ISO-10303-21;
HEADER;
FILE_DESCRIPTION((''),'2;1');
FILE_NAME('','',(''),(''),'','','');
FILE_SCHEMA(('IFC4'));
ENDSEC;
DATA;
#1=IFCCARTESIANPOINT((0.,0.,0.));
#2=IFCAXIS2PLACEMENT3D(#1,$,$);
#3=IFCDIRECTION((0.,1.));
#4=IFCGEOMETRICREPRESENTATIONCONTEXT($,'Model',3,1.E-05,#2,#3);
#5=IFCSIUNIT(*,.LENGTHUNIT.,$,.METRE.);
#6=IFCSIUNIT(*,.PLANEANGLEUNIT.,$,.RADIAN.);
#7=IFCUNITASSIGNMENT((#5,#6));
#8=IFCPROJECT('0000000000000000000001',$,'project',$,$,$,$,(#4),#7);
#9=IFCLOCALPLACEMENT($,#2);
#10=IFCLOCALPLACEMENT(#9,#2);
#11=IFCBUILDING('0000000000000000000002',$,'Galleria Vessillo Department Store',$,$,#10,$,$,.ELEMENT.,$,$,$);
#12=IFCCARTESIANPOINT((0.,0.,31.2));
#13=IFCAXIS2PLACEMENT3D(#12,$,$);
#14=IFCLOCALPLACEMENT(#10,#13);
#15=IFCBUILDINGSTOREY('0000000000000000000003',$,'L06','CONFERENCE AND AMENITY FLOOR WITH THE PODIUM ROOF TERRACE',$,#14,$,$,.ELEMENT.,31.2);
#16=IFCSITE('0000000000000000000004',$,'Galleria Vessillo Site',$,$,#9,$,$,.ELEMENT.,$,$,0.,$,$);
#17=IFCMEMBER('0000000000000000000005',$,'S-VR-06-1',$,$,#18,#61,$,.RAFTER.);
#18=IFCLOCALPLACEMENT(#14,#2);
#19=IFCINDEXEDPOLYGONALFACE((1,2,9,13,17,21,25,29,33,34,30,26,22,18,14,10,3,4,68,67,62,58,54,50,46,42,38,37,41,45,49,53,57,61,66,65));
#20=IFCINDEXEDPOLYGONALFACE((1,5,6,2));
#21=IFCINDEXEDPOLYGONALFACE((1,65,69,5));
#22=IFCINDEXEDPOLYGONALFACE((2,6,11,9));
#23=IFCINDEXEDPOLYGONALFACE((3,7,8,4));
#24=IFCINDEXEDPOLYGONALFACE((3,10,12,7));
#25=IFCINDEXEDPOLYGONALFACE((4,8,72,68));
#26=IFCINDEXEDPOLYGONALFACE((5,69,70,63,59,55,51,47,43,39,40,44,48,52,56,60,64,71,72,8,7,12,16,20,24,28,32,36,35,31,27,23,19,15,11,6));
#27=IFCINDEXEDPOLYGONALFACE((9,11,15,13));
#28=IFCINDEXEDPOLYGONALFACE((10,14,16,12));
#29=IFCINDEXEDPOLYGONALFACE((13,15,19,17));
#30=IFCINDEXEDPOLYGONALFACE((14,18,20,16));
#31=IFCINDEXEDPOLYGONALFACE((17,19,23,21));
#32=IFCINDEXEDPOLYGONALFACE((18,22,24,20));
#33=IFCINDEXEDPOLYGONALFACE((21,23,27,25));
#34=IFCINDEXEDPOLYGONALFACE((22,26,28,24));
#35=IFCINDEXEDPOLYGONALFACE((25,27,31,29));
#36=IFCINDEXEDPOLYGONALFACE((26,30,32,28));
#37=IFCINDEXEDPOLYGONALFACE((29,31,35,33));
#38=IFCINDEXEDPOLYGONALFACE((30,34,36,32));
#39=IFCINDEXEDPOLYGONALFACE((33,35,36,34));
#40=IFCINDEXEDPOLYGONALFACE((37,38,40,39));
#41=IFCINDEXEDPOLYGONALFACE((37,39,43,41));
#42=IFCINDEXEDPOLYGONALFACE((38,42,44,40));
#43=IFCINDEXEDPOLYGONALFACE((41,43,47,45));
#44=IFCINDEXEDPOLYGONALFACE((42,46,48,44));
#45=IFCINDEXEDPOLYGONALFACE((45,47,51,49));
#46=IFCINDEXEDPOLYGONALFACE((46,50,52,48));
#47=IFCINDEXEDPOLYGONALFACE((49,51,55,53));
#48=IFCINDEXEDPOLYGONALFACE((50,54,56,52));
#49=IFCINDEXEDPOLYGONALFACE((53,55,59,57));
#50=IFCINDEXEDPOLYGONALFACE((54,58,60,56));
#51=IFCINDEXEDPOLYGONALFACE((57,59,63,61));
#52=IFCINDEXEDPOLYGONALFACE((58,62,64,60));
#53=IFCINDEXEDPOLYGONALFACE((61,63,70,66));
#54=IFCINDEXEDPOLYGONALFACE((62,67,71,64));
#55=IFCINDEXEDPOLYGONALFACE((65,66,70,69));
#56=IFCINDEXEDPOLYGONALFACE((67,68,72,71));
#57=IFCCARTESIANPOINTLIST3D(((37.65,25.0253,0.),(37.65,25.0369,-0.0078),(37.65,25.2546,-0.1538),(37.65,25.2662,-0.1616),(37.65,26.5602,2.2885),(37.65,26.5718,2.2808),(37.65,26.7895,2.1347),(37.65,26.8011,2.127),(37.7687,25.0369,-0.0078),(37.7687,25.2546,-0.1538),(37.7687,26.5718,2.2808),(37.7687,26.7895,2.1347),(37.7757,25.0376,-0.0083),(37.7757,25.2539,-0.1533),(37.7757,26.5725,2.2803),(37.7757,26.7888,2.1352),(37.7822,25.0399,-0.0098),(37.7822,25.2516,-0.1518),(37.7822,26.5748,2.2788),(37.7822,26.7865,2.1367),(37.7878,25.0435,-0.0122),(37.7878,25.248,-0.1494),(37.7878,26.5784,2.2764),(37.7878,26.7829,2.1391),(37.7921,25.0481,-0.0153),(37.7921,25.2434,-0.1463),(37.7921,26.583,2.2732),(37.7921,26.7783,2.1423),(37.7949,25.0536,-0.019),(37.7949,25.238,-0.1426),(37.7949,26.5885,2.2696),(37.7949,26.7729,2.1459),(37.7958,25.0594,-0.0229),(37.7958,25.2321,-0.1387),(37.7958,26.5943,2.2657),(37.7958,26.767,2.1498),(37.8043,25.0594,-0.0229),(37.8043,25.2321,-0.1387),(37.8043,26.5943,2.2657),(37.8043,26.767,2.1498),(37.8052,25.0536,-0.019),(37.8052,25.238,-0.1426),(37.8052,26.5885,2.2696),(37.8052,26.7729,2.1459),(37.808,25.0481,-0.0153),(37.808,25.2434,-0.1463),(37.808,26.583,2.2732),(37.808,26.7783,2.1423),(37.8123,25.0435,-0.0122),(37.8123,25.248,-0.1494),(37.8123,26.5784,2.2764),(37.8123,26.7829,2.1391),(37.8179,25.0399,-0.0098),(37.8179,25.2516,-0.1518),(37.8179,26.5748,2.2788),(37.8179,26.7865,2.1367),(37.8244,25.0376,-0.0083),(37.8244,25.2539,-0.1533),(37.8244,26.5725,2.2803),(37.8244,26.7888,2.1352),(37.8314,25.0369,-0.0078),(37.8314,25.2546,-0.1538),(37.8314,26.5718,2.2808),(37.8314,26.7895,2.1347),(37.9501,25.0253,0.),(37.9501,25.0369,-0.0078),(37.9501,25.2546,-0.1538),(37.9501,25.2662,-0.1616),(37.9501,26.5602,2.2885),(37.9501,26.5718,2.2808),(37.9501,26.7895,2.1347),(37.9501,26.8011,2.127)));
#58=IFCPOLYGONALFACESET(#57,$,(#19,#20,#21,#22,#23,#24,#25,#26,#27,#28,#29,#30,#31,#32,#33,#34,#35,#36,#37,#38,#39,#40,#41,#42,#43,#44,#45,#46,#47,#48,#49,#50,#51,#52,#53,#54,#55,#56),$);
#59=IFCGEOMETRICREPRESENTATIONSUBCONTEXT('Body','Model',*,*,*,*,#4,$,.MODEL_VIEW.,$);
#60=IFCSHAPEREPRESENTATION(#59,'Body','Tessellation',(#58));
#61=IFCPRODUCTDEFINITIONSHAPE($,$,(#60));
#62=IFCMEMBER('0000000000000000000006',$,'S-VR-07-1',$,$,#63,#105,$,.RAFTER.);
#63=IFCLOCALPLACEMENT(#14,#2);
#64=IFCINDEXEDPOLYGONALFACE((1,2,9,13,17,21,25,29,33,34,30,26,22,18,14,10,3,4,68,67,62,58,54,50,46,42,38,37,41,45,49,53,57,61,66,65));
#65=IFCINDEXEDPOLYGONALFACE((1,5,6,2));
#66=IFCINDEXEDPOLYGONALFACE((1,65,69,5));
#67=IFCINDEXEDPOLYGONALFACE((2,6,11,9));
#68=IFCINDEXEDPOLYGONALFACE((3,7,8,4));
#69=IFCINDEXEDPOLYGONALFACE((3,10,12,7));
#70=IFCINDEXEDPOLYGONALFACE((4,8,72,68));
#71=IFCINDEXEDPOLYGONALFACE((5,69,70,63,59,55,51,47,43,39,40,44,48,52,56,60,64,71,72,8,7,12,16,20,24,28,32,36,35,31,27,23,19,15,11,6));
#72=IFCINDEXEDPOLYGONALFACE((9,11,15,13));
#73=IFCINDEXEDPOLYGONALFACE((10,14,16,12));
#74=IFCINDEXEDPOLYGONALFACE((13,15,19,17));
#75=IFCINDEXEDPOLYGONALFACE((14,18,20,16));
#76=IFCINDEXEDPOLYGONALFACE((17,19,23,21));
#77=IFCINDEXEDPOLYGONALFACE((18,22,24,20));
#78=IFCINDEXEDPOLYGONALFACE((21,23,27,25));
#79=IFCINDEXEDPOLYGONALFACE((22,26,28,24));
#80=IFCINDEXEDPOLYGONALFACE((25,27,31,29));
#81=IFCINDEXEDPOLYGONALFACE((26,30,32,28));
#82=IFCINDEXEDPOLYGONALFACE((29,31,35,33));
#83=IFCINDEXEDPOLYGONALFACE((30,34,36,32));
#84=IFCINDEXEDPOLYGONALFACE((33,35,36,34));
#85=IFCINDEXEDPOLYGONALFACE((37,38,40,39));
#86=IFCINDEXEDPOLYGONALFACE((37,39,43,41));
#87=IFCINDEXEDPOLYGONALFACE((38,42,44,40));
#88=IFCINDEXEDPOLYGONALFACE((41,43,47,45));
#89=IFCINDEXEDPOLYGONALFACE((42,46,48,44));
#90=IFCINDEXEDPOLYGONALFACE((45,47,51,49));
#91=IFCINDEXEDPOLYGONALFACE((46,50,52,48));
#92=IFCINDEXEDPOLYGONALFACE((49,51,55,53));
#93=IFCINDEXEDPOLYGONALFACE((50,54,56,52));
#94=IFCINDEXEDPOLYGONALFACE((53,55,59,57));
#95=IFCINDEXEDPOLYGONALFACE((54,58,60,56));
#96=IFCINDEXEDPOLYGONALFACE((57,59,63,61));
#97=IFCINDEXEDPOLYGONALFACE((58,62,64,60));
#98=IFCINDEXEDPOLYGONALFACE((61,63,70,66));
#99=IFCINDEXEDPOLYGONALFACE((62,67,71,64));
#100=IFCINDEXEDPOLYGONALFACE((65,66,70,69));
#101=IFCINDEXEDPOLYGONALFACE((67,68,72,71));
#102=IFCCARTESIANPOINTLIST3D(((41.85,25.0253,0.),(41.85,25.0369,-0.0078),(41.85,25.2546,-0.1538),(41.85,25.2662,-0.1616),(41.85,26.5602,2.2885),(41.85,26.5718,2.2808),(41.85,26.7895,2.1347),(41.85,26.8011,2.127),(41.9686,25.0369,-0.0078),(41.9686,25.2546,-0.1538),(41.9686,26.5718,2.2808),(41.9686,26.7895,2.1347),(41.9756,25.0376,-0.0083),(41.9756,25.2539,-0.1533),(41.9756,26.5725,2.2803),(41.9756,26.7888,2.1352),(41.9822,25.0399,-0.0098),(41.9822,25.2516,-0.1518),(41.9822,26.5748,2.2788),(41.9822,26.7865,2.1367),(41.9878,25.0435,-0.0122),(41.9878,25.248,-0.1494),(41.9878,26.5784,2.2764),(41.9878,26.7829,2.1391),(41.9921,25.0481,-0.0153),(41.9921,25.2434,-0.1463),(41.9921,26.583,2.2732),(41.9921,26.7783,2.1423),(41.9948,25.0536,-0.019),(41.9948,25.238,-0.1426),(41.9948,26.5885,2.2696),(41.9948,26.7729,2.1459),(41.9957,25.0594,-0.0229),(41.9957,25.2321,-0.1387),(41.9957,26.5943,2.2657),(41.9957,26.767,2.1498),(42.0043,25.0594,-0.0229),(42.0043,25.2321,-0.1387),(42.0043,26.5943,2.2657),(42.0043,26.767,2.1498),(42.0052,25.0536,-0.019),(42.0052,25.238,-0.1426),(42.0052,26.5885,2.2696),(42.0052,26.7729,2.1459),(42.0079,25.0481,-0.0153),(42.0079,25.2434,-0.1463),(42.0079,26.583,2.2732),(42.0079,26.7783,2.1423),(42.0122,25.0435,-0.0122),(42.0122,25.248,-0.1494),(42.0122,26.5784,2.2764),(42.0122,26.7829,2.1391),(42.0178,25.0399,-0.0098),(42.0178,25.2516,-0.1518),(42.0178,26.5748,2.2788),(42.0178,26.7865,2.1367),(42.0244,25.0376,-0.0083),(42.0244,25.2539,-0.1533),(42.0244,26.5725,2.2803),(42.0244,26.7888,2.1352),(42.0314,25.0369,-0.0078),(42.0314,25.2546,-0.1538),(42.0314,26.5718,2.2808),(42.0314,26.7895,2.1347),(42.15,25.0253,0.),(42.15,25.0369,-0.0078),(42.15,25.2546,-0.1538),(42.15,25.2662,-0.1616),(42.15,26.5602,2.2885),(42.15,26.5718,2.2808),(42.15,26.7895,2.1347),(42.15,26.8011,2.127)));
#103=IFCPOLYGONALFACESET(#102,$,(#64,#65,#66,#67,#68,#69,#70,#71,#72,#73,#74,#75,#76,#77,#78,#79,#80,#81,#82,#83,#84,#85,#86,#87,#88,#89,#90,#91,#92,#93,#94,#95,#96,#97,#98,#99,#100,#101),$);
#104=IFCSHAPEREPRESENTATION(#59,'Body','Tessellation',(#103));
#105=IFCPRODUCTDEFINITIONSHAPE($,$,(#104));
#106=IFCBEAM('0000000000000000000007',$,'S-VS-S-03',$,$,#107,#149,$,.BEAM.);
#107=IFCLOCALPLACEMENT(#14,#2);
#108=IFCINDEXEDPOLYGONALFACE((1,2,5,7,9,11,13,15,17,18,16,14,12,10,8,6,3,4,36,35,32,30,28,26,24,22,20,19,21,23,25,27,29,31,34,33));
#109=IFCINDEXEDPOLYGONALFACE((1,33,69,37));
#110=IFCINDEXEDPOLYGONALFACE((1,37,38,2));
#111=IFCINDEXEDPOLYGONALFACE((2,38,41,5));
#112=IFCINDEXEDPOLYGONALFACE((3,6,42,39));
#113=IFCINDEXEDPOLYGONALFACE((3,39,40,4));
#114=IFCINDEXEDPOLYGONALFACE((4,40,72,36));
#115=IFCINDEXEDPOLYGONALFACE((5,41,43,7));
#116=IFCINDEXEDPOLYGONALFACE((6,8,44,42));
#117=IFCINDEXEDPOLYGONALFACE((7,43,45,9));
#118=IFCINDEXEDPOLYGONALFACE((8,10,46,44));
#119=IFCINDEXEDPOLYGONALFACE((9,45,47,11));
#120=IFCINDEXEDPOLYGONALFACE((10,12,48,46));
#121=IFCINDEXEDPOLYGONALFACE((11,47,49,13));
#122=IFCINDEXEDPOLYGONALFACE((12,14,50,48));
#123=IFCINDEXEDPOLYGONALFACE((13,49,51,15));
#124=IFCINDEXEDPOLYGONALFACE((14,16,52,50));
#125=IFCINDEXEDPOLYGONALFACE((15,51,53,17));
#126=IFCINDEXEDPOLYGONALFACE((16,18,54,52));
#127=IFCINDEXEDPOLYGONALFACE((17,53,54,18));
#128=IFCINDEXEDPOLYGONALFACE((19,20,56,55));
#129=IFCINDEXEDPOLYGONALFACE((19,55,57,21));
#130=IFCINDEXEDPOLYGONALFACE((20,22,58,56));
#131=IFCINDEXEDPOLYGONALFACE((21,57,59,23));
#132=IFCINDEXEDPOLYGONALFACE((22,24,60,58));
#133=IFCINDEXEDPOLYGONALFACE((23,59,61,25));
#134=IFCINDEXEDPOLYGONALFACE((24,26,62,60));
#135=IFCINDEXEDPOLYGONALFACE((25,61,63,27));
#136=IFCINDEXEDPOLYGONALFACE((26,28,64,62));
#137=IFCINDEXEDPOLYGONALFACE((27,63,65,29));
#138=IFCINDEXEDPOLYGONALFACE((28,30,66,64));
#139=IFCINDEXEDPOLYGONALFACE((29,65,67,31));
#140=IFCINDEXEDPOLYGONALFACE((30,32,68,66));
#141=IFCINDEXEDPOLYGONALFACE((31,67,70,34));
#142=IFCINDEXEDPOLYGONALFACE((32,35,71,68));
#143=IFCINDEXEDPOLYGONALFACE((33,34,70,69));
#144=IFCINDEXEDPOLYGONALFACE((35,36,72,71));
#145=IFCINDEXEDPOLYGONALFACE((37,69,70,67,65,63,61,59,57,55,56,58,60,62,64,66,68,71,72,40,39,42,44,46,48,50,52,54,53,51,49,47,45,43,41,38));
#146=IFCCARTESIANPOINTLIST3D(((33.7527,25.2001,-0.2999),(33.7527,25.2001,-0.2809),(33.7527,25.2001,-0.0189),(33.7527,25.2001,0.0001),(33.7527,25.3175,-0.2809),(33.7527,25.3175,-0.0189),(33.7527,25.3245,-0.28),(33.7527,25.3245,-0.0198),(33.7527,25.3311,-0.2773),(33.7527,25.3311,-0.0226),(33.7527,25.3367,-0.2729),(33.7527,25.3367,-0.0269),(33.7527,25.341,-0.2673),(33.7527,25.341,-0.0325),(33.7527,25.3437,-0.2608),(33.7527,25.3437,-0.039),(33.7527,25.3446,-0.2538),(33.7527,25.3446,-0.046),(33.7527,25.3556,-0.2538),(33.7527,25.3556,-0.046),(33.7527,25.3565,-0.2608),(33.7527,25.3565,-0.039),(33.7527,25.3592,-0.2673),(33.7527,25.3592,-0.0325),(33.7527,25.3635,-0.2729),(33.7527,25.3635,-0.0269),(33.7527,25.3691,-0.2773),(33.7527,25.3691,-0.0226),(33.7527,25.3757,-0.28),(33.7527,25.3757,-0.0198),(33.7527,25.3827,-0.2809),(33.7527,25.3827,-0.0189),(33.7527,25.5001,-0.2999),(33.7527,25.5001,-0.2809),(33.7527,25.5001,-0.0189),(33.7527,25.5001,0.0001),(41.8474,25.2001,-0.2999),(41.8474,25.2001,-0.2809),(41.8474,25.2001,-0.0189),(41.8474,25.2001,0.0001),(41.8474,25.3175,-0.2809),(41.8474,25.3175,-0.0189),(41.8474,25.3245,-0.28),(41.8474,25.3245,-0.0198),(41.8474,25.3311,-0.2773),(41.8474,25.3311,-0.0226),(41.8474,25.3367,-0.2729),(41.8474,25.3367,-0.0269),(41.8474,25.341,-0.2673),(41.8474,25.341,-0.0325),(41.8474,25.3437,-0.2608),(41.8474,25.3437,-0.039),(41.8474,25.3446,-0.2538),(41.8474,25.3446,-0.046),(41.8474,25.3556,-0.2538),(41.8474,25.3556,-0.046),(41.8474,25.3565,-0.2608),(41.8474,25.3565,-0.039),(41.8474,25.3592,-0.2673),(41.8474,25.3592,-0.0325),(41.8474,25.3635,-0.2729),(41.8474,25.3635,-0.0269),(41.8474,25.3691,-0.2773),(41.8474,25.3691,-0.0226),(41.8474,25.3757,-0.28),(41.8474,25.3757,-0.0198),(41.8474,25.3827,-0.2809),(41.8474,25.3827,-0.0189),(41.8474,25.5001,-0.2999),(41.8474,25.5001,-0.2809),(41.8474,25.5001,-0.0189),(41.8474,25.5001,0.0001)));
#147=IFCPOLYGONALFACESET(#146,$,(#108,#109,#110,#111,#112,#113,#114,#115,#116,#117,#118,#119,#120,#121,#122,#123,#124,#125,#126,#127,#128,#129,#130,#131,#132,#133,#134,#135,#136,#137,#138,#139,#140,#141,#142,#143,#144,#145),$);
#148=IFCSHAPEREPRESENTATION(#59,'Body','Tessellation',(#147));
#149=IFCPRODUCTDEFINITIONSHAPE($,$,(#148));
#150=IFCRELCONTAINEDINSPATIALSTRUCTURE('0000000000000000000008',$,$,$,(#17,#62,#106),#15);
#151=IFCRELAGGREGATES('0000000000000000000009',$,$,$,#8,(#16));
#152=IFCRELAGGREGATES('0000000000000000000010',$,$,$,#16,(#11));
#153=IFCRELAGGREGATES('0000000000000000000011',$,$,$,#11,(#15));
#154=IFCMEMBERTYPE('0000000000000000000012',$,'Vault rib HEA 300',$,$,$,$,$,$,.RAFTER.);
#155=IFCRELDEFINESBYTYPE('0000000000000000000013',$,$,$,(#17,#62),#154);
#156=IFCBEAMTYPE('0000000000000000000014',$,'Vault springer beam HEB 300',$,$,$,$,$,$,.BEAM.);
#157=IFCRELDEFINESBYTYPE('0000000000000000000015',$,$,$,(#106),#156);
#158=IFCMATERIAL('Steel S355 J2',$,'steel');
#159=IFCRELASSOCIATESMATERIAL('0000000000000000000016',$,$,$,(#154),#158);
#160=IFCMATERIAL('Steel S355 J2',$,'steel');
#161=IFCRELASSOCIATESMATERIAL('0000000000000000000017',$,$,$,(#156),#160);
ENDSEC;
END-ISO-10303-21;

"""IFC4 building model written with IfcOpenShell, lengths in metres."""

from ifc_helpers import new_model, si_unit, direction, frame, origin, origin_2d, place, context, subcontext, project, spatial, i_section, extrude, material, material_profile, profile_set, type_object, element, save


model = new_model("IFC4")

# Units and contexts
model_context = context("Model", 3, precision=1e-05, world=origin(), true_north=direction((0.0, 1.0)))
body_context = subcontext(model_context, "Body", "Model", "MODEL_VIEW")
ifc_project = project(units=[si_unit("LENGTHUNIT", "METRE"), si_unit("PLANEANGLEUNIT", "RADIAN")], contexts=[model_context])

# Site, building, storey
site_placement = place(None, origin())
site = spatial("IfcSite", under=ifc_project, at=site_placement, Name="Galleria Vessillo Site", CompositionType="ELEMENT", RefElevation=0.0)
building_placement = place(site_placement, origin())
building = spatial("IfcBuilding", under=site, at=building_placement, Name="Galleria Vessillo Department Store", CompositionType="ELEMENT")
storey_placement = place(building_placement, frame((0.0, 0.0, 31.2)))
storey = spatial("IfcBuildingStorey", under=building, at=storey_placement, Name="L06", Description="CONFERENCE AND AMENITY FLOOR WITH THE PODIUM ROOF TERRACE", CompositionType="ELEMENT", Elevation=31.2)

# Members
ifc_material_1 = material(Name="Steel S355 J2", Category="steel")
ifc_material_profile_1 = material_profile(ifc_material_1, i_section(OverallWidth=0.3, OverallDepth=0.29, WebThickness=0.0085, FlangeThickness=0.0139, FilletRadius=0.0271, at=origin_2d()), Name="HEA 300")
ifc_profile_set_1 = profile_set([ifc_material_profile_1], Name="Steel S355 J2")
member_type_1 = type_object("IfcMemberType", Name="Vault rib HEA 300", PredefinedType="RAFTER", material=ifc_profile_set_1)
for number, where, z_axis, x_axis, name in (
    (1, (37.8, 25.1458, -0.0808), (0.0, 0.557008, 0.830507), (-1.0, 0.0, 0.0), "S-VR-06-1"),
    (2, (42.0, 25.1458, -0.0808), (0.0, 0.557008, 0.830507), (-1.0, 0.0, 0.0), "S-VR-07-1"),
):
    element("IfcMember", number, at=place(storey_placement, frame(where, z_axis=z_axis, x_axis=x_axis)), inside=storey, type_object=member_type_1, Name=name, PredefinedType="RAFTER", context=body_context, shape_type="SweptSolid", body=[
        extrude(i_section(OverallWidth=0.3, OverallDepth=0.29, WebThickness=0.0085, FlangeThickness=0.0139, FilletRadius=0.0271, at=origin_2d()), origin(), (0.0, 0.0, 1.0), 2.7556),
    ])

# Beam
ifc_material_2 = material(Name="Steel S355 J2", Category="steel")
ifc_material_profile_2 = material_profile(ifc_material_2, i_section(OverallWidth=0.3, OverallDepth=0.3, WebThickness=0.011, FlangeThickness=0.019, FilletRadius=0.0271, at=origin_2d()), Name="HEB 300")
ifc_profile_set_2 = profile_set([ifc_material_profile_2], Name="Steel S355 J2")
beam_type_1 = type_object("IfcBeamType", Name="Vault springer beam HEB 300", PredefinedType="BEAM", material=ifc_profile_set_2)
beam_1_placement = place(storey_placement, frame((33.7527, 25.3501, -0.1499), z_axis=(1.0, 0.0, 0.0), x_axis=(0.0, 1.0, 0.0)))
element("IfcBeam", 3, at=beam_1_placement, inside=storey, type_object=beam_type_1, Name="S-VS-S-03", PredefinedType="BEAM", context=body_context, shape_type="SweptSolid", body=[
    extrude(i_section(OverallWidth=0.3, OverallDepth=0.3, WebThickness=0.011, FlangeThickness=0.019, FilletRadius=0.0271, at=origin_2d()), origin(), (0.0, 0.0, 1.0), 8.0947),
])

save(model, "model.ifc")
